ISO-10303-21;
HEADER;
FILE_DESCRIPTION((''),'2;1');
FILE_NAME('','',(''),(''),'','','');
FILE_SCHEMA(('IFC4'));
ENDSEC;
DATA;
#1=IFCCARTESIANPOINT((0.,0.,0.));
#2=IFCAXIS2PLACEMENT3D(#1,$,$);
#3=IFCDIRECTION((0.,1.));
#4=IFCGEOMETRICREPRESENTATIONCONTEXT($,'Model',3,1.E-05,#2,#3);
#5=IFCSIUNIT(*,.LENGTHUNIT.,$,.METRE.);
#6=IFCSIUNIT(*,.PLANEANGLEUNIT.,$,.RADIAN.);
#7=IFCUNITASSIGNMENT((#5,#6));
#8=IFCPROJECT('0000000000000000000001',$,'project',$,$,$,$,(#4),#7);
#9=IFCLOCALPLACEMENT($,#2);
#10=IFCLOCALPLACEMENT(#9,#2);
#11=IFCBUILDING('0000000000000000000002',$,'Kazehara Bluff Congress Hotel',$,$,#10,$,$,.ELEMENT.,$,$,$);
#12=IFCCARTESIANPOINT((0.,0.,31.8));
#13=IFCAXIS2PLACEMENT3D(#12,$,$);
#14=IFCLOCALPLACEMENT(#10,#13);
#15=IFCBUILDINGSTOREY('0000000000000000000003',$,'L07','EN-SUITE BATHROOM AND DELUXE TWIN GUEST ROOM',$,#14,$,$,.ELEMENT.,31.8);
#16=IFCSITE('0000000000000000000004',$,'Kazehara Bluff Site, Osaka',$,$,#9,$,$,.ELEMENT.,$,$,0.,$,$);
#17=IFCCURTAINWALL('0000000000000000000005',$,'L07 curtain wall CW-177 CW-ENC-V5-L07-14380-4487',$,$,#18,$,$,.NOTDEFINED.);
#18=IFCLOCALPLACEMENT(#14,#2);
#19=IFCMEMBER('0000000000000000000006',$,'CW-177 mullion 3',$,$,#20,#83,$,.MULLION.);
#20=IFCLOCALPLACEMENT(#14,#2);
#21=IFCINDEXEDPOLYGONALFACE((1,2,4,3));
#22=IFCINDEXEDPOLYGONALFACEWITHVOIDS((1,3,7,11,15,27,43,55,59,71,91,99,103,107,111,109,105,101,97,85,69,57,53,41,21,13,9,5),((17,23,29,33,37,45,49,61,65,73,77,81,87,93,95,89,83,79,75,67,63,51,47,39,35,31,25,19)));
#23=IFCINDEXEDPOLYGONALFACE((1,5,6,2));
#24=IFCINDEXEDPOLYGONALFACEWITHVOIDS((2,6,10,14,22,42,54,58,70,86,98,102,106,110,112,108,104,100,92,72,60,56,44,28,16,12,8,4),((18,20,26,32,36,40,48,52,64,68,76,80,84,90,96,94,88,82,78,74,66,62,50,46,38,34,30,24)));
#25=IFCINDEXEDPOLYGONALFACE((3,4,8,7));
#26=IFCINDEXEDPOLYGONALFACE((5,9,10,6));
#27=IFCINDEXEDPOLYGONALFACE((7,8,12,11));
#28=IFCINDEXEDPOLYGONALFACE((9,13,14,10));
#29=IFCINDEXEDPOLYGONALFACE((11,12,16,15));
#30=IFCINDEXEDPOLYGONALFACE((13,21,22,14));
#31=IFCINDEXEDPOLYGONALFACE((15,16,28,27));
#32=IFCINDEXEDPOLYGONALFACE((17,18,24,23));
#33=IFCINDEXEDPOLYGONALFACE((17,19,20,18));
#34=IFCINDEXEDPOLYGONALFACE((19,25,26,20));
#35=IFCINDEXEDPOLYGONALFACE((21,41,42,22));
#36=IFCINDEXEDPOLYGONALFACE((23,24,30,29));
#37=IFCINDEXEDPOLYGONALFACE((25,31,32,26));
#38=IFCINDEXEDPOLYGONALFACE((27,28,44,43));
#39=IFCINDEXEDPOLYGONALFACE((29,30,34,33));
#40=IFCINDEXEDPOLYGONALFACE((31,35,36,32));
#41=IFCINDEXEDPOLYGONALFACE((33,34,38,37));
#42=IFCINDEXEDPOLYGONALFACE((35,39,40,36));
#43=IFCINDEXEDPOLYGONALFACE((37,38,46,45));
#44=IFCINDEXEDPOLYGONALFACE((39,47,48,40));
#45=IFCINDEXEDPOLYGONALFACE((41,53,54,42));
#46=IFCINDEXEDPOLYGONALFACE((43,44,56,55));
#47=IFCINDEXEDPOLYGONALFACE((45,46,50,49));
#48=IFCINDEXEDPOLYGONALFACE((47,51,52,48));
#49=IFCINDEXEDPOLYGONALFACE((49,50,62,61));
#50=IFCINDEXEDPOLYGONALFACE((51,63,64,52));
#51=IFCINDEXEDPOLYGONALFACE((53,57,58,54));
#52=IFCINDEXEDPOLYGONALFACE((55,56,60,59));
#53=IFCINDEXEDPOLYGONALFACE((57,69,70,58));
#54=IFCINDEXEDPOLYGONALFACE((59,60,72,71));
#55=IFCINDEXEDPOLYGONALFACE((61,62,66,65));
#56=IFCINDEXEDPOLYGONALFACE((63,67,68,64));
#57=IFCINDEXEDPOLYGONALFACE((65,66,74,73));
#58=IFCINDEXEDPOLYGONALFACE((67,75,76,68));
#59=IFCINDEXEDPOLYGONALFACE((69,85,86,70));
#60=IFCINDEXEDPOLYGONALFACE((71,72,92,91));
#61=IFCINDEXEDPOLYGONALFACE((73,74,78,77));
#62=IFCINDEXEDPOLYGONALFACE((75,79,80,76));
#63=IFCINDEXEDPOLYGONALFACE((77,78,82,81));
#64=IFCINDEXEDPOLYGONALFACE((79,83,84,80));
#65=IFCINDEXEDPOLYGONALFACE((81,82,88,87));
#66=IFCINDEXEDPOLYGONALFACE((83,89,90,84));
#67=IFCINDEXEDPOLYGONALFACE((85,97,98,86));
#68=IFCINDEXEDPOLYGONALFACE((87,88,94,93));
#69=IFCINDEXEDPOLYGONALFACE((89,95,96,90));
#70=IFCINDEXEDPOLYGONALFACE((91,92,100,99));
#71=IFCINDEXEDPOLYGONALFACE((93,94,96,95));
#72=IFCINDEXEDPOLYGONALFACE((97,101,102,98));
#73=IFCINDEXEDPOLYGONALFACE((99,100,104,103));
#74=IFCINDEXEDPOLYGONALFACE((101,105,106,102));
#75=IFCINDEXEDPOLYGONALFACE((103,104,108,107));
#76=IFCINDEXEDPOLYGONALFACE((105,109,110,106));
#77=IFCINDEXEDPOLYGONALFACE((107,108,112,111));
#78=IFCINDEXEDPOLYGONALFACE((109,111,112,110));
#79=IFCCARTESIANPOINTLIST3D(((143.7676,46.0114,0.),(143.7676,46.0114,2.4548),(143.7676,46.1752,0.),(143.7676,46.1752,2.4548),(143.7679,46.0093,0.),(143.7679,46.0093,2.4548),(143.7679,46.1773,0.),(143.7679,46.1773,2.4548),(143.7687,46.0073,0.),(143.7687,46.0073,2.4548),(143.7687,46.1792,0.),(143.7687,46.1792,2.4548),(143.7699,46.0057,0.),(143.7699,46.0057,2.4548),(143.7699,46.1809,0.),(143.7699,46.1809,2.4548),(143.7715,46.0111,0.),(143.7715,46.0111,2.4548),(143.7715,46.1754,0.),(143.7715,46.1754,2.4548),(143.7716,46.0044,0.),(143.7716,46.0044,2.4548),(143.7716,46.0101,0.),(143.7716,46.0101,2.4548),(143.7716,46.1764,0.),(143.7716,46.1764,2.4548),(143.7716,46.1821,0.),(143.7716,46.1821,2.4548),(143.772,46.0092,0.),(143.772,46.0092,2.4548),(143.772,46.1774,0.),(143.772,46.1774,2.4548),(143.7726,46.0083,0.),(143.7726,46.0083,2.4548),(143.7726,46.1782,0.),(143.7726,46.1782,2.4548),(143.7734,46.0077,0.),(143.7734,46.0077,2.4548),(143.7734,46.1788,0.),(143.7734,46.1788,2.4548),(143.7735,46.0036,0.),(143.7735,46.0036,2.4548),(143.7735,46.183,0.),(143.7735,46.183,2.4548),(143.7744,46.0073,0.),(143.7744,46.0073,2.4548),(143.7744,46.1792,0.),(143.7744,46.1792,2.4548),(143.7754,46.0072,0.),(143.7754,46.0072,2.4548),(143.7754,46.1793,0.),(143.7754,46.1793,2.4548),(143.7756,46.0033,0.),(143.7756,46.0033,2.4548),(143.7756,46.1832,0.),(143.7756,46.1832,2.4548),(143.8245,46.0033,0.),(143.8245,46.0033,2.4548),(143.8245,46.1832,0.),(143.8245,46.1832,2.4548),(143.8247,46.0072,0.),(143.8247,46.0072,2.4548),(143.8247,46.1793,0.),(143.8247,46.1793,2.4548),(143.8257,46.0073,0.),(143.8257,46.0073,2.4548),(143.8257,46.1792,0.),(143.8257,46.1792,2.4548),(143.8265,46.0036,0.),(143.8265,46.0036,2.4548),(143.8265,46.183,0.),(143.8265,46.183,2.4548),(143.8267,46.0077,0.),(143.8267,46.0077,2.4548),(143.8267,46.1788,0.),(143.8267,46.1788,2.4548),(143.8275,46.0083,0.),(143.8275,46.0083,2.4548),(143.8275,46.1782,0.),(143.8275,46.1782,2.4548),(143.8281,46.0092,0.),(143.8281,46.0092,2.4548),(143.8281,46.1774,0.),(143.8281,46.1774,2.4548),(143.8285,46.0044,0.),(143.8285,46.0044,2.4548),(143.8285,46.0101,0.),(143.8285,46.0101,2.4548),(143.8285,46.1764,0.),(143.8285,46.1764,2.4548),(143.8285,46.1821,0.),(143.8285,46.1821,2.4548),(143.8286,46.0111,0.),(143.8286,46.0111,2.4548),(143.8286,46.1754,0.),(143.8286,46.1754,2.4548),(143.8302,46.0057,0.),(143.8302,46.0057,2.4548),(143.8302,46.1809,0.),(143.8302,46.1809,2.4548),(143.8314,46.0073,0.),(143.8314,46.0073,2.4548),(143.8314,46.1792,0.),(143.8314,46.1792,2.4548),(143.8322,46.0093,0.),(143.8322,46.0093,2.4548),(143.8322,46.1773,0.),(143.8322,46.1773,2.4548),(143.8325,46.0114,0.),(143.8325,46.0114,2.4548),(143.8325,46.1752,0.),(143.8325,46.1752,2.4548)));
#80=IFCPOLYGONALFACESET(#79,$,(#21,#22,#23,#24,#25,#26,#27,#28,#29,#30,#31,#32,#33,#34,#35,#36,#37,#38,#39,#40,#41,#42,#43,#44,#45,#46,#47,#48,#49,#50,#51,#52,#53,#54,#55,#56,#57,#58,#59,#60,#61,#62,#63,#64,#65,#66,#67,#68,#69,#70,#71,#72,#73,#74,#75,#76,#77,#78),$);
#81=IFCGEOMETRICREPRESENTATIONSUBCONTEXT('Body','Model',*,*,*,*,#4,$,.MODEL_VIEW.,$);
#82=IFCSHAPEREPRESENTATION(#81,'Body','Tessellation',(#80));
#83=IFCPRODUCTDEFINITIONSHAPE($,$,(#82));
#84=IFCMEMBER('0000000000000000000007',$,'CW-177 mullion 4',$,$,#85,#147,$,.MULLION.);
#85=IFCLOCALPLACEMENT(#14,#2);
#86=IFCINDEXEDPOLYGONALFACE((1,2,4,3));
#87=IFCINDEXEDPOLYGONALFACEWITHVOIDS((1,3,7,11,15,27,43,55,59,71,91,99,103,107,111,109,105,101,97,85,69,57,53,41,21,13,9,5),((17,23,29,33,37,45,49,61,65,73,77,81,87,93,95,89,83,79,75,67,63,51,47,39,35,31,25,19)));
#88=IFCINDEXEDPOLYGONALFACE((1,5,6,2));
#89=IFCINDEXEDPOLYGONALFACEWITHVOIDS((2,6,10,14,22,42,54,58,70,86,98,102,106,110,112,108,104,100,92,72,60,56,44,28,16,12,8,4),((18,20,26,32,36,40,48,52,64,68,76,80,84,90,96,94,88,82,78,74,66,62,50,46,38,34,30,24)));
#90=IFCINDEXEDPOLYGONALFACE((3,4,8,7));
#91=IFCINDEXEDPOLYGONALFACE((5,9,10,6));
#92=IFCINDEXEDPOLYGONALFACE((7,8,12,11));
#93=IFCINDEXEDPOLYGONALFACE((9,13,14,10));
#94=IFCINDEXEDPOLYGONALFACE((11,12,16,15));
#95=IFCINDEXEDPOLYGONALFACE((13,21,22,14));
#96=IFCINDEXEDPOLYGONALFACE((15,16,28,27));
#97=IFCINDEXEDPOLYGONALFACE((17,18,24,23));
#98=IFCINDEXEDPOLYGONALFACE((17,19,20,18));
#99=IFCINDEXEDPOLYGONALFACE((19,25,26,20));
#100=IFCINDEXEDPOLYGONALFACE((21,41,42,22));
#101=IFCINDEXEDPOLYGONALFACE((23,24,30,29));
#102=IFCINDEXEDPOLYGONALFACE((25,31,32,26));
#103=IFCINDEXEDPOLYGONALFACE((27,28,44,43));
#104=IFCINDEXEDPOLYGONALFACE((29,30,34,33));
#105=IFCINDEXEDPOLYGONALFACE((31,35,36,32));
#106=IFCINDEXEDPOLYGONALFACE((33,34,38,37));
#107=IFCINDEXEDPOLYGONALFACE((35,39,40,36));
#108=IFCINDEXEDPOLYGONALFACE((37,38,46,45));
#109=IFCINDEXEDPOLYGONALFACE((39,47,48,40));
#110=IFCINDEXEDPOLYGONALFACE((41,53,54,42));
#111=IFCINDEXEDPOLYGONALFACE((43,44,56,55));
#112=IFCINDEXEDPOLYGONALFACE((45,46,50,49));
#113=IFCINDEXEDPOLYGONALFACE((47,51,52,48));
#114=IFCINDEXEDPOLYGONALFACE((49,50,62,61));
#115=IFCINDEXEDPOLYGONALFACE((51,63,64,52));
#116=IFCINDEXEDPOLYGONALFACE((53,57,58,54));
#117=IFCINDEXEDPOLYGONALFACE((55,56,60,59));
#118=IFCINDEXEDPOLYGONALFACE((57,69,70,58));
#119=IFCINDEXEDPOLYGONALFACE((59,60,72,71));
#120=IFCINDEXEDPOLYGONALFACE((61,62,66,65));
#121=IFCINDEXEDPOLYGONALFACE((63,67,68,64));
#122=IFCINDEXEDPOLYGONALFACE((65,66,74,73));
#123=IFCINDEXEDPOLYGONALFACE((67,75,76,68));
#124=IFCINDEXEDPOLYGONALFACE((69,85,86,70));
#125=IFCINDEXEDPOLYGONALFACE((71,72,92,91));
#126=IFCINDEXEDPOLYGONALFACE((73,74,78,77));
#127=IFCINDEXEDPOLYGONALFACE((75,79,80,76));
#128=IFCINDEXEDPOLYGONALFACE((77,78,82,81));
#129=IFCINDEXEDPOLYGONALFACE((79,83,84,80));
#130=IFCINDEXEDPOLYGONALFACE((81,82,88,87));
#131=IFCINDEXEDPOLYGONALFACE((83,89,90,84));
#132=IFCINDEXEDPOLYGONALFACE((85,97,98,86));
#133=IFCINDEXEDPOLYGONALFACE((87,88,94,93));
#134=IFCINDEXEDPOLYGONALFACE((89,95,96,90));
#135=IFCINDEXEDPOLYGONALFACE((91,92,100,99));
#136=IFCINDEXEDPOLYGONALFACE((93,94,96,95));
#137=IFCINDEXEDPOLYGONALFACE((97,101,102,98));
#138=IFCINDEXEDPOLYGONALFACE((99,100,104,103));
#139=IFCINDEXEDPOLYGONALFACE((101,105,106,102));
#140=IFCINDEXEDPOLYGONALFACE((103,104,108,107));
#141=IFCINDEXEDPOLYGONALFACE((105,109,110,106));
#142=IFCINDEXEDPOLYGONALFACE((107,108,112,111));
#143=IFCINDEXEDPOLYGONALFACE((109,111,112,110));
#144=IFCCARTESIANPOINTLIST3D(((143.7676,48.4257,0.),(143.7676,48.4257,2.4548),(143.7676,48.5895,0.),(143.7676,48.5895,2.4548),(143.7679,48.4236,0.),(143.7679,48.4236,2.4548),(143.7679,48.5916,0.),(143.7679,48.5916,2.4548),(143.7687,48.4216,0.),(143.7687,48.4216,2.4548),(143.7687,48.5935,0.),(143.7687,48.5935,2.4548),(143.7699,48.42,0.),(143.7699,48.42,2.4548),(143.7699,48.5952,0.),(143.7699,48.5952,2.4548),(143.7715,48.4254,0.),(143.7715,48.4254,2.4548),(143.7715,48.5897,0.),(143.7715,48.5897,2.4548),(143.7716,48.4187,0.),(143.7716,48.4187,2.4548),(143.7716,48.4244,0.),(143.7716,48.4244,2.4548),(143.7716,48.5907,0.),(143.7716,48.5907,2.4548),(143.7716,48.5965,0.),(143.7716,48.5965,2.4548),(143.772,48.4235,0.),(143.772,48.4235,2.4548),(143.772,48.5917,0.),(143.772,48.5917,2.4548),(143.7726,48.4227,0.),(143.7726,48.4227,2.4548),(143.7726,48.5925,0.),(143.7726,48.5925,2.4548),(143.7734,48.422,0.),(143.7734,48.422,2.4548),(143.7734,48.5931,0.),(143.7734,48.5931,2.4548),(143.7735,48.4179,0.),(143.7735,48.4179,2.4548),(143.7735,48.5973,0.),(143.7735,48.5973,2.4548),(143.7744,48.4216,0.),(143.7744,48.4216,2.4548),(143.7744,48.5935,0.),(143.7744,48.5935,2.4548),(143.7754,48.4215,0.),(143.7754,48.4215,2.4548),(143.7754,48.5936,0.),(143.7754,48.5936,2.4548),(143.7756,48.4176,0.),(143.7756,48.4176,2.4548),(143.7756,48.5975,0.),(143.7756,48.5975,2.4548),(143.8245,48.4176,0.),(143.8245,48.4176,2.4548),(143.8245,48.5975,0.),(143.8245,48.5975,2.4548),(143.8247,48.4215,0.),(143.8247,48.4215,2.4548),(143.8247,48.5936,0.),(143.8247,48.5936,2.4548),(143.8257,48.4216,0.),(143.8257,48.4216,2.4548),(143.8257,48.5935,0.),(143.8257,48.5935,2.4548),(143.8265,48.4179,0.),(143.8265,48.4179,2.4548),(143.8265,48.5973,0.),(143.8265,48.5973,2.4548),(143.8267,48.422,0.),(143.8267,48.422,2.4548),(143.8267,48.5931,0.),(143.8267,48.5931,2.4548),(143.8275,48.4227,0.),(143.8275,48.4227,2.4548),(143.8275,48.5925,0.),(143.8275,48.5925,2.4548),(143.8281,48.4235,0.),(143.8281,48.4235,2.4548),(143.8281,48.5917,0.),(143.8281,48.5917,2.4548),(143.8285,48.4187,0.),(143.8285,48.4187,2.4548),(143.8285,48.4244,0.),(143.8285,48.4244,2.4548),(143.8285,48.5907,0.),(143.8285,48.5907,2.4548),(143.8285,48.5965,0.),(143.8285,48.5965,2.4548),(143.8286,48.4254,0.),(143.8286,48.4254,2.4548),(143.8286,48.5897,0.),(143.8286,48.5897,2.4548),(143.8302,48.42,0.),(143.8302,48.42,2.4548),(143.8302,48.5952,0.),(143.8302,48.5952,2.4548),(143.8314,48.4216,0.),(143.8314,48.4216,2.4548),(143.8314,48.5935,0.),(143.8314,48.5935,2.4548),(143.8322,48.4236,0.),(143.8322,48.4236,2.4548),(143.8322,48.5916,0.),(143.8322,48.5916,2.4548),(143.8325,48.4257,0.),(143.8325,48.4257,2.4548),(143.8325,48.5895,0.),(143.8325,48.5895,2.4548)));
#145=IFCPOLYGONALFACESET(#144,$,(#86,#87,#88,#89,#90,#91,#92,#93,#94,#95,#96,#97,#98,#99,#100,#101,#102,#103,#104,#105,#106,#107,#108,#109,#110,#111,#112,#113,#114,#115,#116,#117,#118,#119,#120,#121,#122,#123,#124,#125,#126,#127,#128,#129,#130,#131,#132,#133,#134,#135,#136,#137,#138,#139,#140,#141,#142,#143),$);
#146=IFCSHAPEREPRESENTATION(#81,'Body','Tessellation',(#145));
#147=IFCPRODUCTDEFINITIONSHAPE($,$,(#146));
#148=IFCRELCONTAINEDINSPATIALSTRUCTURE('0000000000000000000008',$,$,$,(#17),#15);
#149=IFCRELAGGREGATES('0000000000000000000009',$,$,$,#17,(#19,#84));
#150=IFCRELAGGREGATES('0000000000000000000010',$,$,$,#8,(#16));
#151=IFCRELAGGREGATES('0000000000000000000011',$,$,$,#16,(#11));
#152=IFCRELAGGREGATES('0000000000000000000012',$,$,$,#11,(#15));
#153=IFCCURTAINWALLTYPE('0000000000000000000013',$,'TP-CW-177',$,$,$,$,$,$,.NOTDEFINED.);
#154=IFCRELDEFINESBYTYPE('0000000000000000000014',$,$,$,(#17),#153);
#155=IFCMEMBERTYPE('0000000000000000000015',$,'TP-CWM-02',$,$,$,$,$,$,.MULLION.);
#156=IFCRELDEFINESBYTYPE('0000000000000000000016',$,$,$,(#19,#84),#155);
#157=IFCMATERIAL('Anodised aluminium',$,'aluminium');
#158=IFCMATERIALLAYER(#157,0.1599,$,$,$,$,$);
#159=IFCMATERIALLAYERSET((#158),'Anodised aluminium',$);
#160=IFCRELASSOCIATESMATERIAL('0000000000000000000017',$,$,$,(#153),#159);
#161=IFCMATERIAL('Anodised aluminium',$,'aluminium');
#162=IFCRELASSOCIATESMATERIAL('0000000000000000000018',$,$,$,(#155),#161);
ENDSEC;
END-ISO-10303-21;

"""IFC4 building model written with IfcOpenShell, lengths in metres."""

from ifc_helpers import new_model, si_unit, direction, frame, origin, origin_2d, place, context, subcontext, project, spatial, hollow_rectangle, extrude, material, layer, layer_set, material_profile, profile_set, type_object, element, aggregate, save


model = new_model("IFC4")

# Units and contexts
model_context = context("Model", 3, precision=1e-05, world=origin(), true_north=direction((0.0, 1.0)))
body_context = subcontext(model_context, "Body", "Model", "MODEL_VIEW")
ifc_project = project(units=[si_unit("LENGTHUNIT", "METRE"), si_unit("PLANEANGLEUNIT", "RADIAN")], contexts=[model_context])

# Site, building, storey
site_placement = place(None, origin())
site = spatial("IfcSite", under=ifc_project, at=site_placement, Name="Kazehara Bluff Site, Osaka", CompositionType="ELEMENT", RefElevation=0.0)
building_placement = place(site_placement, origin())
building = spatial("IfcBuilding", under=site, at=building_placement, Name="Kazehara Bluff Congress Hotel", CompositionType="ELEMENT")
storey_placement = place(building_placement, frame((0.0, 0.0, 31.8)))
storey = spatial("IfcBuildingStorey", under=building, at=storey_placement, Name="L07", Description="EN-SUITE BATHROOM AND DELUXE TWIN GUEST ROOM", CompositionType="ELEMENT", Elevation=31.8)

# Curtain wall, members
ifc_material_1 = material(Name="Anodised aluminium", Category="aluminium")
ifc_layer_1 = layer(ifc_material_1, 0.1599)
ifc_layer_set_1 = layer_set([ifc_layer_1], Name="Anodised aluminium")
curtain_wall_type_1 = type_object("IfcCurtainWallType", Name="TP-CW-177", PredefinedType="NOTDEFINED", material=ifc_layer_set_1)
curtain_wall_1_placement = place(storey_placement, origin())
curtain_wall_1 = element("IfcCurtainWall", 1, at=curtain_wall_1_placement, inside=storey, type_object=curtain_wall_type_1, Name="L07 curtain wall CW-177 CW-ENC-V5-L07-14380-4487", PredefinedType="NOTDEFINED")
ifc_material_2 = material(Name="Anodised aluminium", Category="aluminium")
ifc_material_profile_1 = material_profile(ifc_material_2, hollow_rectangle(XDim=0.0649, YDim=0.1799, WallThickness=0.0039, InnerFilletRadius=0.0039, OuterFilletRadius=0.0081, at=origin_2d()))
ifc_profile_set_1 = profile_set([ifc_material_profile_1], Name="Anodised aluminium")
member_type_1 = type_object("IfcMemberType", Name="TP-CWM-02", PredefinedType="MULLION", material=ifc_profile_set_1)
member_1_placement = place(storey_placement, frame((143.8, 46.0933, 0.0), z_axis=(0.0, 0.0, 1.0), x_axis=(-1.0, 0.0, 0.0)))
member_1 = element("IfcMember", 2, at=member_1_placement, type_object=member_type_1, Name="CW-177 mullion 3", PredefinedType="MULLION", context=body_context, shape_type="SweptSolid", body=[
    extrude(hollow_rectangle(XDim=0.0649, YDim=0.1799, WallThickness=0.0039, InnerFilletRadius=0.0039, OuterFilletRadius=0.0081, at=origin_2d()), origin(), (0.0, 0.0, 1.0), 2.4548),
])
member_2_placement = place(storey_placement, frame((143.8, 48.5076, 0.0), z_axis=(0.0, 0.0, 1.0), x_axis=(-1.0, 0.0, 0.0)))
member_2 = element("IfcMember", 3, at=member_2_placement, type_object=member_type_1, Name="CW-177 mullion 4", PredefinedType="MULLION", context=body_context, shape_type="SweptSolid", body=[
    extrude(hollow_rectangle(XDim=0.0649, YDim=0.1799, WallThickness=0.0039, InnerFilletRadius=0.0039, OuterFilletRadius=0.0081, at=origin_2d()), origin(), (0.0, 0.0, 1.0), 2.4548),
])

aggregate(curtain_wall_1, [member_1, member_2])

save(model, "model.ifc")
